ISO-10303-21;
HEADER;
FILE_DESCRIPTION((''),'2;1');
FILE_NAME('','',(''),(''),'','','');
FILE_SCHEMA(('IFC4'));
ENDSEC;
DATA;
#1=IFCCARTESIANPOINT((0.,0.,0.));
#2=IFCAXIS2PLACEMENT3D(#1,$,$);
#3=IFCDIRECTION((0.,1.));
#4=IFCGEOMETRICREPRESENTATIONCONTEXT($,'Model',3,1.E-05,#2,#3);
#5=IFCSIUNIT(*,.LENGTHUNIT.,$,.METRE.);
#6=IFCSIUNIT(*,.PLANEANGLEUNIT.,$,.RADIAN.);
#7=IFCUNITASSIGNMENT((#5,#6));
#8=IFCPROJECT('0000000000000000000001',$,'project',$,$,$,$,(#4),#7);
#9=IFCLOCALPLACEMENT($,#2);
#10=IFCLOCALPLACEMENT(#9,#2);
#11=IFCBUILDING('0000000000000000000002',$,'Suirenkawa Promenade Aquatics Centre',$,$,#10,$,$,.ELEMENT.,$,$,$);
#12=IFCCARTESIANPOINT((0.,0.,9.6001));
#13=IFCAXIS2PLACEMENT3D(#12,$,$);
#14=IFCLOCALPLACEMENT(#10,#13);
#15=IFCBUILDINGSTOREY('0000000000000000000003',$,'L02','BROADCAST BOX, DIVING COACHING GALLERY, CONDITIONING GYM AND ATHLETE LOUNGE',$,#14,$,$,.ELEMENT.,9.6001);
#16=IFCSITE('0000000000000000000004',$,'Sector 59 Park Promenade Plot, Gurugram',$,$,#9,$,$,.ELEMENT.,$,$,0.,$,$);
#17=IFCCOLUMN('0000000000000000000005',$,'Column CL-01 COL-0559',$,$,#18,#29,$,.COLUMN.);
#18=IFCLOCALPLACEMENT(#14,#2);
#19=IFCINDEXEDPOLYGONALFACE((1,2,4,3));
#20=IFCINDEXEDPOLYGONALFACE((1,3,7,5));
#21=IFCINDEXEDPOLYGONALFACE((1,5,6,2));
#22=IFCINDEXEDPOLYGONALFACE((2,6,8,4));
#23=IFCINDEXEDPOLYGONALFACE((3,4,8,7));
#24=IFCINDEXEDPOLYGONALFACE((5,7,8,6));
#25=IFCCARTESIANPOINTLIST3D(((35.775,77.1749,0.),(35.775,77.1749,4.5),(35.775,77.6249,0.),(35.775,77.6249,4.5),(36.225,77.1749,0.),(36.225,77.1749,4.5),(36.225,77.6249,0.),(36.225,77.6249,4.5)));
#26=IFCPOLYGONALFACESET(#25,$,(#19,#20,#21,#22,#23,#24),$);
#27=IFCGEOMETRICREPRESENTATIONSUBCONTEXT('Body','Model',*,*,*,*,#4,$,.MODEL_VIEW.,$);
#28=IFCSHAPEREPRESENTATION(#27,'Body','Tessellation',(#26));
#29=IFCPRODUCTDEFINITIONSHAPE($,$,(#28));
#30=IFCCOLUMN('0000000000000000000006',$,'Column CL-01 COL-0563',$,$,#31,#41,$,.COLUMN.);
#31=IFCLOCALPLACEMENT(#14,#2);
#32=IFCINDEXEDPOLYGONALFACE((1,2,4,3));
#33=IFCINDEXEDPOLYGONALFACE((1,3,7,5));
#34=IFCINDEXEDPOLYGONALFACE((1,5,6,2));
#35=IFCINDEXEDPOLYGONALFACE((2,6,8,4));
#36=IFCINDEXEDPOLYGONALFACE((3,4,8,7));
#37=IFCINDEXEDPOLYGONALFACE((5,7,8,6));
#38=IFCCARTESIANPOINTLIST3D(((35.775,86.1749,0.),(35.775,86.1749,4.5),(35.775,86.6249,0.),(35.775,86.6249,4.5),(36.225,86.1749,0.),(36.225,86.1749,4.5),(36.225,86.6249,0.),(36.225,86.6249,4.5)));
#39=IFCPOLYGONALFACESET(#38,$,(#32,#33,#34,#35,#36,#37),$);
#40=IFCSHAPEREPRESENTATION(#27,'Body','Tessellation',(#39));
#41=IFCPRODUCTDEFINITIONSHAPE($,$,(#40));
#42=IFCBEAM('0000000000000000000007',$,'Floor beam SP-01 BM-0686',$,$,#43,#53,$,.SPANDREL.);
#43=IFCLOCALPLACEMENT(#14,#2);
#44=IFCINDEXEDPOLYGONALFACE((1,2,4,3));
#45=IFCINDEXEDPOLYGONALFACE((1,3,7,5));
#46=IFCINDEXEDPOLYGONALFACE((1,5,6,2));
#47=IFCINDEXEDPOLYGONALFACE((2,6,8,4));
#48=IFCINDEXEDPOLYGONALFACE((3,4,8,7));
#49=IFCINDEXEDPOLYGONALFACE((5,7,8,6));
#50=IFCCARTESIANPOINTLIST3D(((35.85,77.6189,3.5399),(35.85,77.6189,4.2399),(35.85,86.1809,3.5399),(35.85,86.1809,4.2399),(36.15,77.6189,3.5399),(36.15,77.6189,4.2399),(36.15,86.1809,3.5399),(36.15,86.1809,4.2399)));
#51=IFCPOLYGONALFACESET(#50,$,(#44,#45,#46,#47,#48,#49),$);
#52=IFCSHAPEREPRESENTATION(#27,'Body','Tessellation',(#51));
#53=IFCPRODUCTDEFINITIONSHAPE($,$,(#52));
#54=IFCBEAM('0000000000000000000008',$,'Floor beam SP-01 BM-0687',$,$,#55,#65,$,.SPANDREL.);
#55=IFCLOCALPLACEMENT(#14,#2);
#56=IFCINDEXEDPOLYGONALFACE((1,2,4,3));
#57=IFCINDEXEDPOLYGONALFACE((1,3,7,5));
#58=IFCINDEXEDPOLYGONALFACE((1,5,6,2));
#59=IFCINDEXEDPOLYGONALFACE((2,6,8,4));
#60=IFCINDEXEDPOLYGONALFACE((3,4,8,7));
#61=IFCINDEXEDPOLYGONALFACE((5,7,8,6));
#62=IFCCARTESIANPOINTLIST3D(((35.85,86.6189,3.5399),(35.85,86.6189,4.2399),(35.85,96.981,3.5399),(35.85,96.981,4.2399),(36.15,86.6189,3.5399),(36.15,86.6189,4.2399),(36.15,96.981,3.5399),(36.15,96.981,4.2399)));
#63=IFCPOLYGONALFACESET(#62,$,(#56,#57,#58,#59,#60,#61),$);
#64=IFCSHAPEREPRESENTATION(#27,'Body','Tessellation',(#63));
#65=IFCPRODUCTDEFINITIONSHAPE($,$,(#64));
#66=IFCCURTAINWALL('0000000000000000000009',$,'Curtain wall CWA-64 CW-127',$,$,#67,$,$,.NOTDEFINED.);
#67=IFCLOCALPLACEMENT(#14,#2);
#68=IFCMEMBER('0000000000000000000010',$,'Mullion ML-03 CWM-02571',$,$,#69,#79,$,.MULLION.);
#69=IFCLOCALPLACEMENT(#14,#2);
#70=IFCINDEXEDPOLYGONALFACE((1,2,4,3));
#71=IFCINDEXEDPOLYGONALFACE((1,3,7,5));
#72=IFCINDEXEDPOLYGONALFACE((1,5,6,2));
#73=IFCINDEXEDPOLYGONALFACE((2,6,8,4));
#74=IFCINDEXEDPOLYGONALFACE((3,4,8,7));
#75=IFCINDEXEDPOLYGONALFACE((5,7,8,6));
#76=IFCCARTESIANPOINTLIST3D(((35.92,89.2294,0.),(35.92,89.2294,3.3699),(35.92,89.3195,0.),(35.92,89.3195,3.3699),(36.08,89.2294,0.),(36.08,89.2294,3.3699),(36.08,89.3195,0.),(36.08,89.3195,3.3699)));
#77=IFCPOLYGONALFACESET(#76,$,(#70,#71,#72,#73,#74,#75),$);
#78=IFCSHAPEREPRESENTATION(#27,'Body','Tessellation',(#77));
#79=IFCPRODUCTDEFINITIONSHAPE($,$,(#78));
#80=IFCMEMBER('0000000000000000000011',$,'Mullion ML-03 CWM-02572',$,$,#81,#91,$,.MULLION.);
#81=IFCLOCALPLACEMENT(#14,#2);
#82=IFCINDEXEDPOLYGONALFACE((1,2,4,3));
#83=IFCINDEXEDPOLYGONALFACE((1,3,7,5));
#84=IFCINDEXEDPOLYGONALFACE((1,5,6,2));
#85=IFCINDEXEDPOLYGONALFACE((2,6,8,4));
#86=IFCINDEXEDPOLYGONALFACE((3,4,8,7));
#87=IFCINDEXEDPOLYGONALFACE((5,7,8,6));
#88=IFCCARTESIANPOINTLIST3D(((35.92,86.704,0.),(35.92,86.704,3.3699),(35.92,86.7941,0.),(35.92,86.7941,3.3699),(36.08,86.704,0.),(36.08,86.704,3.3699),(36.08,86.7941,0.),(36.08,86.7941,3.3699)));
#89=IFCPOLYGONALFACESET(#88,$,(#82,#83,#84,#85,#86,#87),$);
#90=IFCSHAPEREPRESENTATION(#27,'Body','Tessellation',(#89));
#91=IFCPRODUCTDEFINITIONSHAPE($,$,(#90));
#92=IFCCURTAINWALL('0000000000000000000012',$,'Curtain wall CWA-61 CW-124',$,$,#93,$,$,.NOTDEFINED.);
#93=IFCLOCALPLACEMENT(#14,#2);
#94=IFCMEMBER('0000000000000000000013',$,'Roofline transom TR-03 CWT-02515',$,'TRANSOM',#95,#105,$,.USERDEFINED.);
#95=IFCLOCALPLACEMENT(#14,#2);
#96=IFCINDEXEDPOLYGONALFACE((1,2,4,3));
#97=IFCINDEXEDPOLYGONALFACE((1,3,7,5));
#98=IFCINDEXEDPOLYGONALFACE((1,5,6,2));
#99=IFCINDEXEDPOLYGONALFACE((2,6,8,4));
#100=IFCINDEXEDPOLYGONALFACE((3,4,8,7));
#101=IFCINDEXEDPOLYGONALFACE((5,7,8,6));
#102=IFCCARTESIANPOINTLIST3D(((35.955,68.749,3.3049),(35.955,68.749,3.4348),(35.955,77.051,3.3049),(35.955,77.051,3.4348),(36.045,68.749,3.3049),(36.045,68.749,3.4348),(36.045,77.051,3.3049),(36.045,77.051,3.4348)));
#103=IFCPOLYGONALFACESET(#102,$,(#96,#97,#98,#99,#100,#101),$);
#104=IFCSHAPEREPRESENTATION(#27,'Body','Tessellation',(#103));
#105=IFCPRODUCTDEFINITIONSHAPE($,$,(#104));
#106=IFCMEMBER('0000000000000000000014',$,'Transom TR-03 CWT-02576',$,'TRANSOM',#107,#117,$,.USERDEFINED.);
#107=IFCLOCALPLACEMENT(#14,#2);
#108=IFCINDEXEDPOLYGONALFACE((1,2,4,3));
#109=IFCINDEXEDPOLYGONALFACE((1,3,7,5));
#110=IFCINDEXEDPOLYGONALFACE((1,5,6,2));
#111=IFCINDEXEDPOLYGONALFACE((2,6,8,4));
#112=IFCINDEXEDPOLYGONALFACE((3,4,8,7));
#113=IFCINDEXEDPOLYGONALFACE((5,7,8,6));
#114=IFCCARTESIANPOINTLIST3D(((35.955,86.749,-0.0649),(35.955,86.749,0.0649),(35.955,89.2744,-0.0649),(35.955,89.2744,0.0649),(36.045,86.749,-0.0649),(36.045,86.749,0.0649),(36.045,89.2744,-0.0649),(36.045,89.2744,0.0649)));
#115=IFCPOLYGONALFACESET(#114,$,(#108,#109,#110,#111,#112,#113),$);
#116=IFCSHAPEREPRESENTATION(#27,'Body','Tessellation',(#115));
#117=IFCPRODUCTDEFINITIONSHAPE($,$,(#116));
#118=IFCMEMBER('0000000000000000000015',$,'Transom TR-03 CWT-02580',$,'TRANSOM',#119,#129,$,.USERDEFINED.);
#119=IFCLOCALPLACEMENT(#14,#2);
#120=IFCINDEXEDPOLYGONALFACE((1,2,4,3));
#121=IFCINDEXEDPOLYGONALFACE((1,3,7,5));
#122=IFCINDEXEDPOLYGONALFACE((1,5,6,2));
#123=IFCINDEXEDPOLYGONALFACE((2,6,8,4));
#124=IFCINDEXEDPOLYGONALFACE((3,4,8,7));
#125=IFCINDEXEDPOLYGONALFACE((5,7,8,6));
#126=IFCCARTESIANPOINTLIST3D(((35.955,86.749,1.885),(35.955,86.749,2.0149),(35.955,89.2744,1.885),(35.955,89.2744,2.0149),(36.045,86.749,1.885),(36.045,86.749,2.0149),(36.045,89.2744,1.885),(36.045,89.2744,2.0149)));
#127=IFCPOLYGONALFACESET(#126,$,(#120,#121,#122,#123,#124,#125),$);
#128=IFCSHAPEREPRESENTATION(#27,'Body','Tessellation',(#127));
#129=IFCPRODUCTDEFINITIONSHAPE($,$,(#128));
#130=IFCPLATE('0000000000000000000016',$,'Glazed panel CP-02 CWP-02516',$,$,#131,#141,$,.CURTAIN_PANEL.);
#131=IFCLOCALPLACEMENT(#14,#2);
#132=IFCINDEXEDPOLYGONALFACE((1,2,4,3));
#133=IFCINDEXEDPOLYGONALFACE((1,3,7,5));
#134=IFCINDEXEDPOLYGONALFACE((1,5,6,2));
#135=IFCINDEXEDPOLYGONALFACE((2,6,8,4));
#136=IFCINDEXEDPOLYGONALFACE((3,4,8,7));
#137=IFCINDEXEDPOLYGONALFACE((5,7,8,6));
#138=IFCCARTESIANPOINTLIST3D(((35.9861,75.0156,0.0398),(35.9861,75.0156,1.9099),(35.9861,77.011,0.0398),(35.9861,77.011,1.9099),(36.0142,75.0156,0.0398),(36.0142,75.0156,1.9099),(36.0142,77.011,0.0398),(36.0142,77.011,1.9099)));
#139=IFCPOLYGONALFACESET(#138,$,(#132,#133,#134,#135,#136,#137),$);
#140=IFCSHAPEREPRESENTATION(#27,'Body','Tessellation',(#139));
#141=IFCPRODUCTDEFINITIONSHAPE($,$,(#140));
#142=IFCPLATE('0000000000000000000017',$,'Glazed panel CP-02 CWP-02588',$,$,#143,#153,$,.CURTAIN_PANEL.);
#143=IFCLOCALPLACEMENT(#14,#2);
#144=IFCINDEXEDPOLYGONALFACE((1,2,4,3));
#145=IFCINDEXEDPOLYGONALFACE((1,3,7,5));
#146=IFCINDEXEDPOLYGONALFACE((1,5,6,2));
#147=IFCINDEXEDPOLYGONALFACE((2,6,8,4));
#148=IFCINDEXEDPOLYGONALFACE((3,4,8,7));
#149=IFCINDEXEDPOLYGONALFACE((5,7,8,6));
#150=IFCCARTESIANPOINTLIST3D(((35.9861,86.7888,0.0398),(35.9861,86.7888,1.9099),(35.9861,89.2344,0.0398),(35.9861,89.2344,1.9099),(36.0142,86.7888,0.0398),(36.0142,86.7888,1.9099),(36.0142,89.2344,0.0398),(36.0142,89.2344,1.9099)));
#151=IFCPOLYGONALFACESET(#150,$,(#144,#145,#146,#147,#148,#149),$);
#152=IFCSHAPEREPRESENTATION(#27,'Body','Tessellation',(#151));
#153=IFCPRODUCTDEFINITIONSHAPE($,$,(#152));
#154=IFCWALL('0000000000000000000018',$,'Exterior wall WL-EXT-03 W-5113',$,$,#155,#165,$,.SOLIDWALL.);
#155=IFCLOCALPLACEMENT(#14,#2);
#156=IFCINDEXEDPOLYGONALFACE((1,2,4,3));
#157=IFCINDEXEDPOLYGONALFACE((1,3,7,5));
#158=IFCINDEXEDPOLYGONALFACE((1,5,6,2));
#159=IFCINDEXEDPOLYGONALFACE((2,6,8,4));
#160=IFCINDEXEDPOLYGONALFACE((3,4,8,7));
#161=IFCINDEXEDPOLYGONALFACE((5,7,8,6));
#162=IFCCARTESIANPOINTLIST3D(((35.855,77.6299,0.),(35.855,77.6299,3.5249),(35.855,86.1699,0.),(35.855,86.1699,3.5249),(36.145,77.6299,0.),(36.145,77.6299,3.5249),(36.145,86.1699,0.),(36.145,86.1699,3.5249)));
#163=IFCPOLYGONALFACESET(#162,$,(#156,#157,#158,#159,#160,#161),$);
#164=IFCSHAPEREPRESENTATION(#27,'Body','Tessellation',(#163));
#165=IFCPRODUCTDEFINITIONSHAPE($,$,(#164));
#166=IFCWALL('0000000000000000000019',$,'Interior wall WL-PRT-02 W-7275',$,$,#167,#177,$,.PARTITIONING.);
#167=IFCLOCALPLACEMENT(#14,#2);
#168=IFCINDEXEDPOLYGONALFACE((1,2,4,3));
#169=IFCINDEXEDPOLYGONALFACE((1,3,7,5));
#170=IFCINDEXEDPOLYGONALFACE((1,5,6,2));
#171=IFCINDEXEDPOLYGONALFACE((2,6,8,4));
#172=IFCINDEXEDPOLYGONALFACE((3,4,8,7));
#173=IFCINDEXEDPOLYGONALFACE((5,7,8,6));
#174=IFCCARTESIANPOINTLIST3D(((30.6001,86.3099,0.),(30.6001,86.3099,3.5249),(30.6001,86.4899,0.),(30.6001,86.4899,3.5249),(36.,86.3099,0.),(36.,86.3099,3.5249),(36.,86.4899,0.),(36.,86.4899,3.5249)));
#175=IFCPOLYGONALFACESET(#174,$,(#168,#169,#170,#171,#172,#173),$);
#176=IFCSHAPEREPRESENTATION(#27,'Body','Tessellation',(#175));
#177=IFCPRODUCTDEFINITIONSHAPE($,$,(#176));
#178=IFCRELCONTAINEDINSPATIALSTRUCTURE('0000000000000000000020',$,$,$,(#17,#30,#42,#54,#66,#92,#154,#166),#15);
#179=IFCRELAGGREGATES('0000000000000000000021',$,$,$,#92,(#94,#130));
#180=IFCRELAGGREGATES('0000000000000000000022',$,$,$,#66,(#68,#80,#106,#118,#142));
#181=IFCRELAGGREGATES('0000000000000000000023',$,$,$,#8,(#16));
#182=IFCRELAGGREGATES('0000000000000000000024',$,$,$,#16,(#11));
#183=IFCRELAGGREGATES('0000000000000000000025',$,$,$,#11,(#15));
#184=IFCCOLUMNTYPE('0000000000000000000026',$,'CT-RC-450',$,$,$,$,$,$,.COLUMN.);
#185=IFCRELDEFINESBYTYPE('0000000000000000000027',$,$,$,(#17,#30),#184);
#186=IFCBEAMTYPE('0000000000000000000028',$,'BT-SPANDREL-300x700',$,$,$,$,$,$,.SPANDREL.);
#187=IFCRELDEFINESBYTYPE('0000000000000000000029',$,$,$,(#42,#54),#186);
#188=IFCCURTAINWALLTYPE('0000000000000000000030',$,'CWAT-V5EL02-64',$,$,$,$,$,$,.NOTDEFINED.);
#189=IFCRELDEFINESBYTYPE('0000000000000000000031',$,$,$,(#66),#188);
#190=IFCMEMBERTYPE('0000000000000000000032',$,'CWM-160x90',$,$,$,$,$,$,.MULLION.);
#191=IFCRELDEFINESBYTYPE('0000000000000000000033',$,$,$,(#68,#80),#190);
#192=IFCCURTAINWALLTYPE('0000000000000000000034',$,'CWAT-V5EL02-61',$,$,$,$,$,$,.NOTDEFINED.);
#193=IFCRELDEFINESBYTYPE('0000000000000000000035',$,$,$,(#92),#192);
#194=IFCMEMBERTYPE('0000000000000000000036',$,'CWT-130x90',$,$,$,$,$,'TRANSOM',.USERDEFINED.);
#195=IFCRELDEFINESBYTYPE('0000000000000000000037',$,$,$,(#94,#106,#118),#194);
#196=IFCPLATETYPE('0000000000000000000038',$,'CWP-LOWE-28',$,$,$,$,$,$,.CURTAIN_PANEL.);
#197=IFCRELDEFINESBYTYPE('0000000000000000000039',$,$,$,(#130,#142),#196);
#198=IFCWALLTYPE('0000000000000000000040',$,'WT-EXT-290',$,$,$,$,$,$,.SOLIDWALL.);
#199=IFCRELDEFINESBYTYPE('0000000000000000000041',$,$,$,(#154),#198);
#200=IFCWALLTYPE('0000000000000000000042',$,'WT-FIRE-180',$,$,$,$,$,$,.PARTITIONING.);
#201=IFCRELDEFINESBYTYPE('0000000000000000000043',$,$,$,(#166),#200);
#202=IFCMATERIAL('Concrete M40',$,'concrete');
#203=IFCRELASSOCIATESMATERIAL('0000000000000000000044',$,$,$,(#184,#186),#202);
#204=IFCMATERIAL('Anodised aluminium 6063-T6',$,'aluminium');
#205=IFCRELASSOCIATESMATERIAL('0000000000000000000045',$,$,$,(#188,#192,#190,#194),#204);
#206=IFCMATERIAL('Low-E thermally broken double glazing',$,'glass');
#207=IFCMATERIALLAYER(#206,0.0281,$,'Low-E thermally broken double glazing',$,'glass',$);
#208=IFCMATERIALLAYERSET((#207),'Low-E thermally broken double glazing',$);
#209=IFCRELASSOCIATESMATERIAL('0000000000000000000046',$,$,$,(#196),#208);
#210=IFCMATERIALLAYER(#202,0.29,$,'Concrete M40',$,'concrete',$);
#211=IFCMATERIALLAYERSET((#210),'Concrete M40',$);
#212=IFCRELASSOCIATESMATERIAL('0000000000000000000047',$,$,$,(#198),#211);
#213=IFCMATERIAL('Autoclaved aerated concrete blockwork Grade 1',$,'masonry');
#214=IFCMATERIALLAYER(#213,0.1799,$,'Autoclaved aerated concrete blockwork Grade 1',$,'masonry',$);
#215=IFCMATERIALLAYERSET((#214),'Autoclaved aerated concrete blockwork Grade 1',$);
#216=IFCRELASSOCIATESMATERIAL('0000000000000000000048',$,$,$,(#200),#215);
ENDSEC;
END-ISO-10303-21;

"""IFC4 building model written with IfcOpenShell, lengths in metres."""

from ifc_helpers import new_model, si_unit, direction, frame, frame_2d, origin, origin_2d, place, context, subcontext, project, spatial, polyline, rectangle, outline, extrude, material, layer, layer_set, material_profile, profile_set, type_object, element, aggregate, save


model = new_model("IFC4")

# Units and contexts
model_context = context("Model", 3, precision=1e-05, world=origin(), true_north=direction((0.0, 1.0)))
body_context = subcontext(model_context, "Body", "Model", "MODEL_VIEW")
ifc_project = project(units=[si_unit("LENGTHUNIT", "METRE"), si_unit("PLANEANGLEUNIT", "RADIAN")], contexts=[model_context])

# Site, building, storey
site_placement = place(None, origin())
site = spatial("IfcSite", under=ifc_project, at=site_placement, Name="Sector 59 Park Promenade Plot, Gurugram", CompositionType="ELEMENT", RefElevation=0.0)
building_placement = place(site_placement, origin())
building = spatial("IfcBuilding", under=site, at=building_placement, Name="Suirenkawa Promenade Aquatics Centre", CompositionType="ELEMENT")
storey_placement = place(building_placement, frame((0.0, 0.0, 9.6001)))
storey = spatial("IfcBuildingStorey", under=building, at=storey_placement, Name="L02", Description="BROADCAST BOX, DIVING COACHING GALLERY, CONDITIONING GYM AND ATHLETE LOUNGE", CompositionType="ELEMENT", Elevation=9.6001)

# Columns
ifc_material_1 = material(Name="Concrete M40", Category="concrete")
ifc_material_profile_1 = material_profile(ifc_material_1, rectangle(XDim=0.45, YDim=0.45, at=origin_2d()), Name="RC COL 450x450", Category="concrete")
ifc_profile_set_1 = profile_set([ifc_material_profile_1], Name="Concrete M40")
column_type = type_object("IfcColumnType", Name="CT-RC-450", PredefinedType="COLUMN", material=ifc_profile_set_1)
for number, where, z_axis, x_axis, name in (
    (1, (36.0, 77.3999, 0.0), (0.0, 0.0, 1.0), (1.0, 0.0, 0.0), "Column CL-01 COL-0559"),
    (2, (36.0, 86.3999, 0.0), (0.0, 0.0, 1.0), (1.0, 0.0, 0.0), "Column CL-01 COL-0563"),
):
    element("IfcColumn", number, at=place(storey_placement, frame(where, z_axis=z_axis, x_axis=x_axis)), inside=storey, type_object=column_type, Name=name, PredefinedType="COLUMN", context=body_context, shape_type="SweptSolid", body=[
        extrude(rectangle(XDim=0.45, YDim=0.45, at=origin_2d()), origin(), (0.0, 0.0, 1.0), 4.5),
    ])

# Beams
ifc_material_profile_2 = material_profile(ifc_material_1, rectangle(XDim=0.3, YDim=0.7, at=origin_2d()), Name="RC SPANDREL 300x700", Category="concrete")
ifc_profile_set_2 = profile_set([ifc_material_profile_2], Name="Concrete M40")
beam_type = type_object("IfcBeamType", Name="BT-SPANDREL-300x700", PredefinedType="SPANDREL", material=ifc_profile_set_2)
beam_1_placement = place(storey_placement, frame((36.0, 77.6189, 3.8899), z_axis=(0.0, 1.0, 0.0), x_axis=(-1.0, 0.0, 0.0)))
element("IfcBeam", 3, at=beam_1_placement, inside=storey, type_object=beam_type, Name="Floor beam SP-01 BM-0686", PredefinedType="SPANDREL", context=body_context, shape_type="SweptSolid", body=[
    extrude(rectangle(XDim=0.3, YDim=0.7, at=origin_2d()), origin(), (0.0, 0.0, 1.0), 8.562),
])
beam_2_placement = place(storey_placement, frame((36.0, 86.6189, 3.8899), z_axis=(0.0, 1.0, 0.0), x_axis=(-1.0, 0.0, 0.0)))
element("IfcBeam", 4, at=beam_2_placement, inside=storey, type_object=beam_type, Name="Floor beam SP-01 BM-0687", PredefinedType="SPANDREL", context=body_context, shape_type="SweptSolid", body=[
    extrude(rectangle(XDim=0.3, YDim=0.7, at=origin_2d()), origin(), (0.0, 0.0, 1.0), 10.3621),
])

# Curtain wall, members
ifc_material_2 = material(Name="Anodised aluminium 6063-T6", Category="aluminium")
curtain_wall_type_1 = type_object("IfcCurtainWallType", Name="CWAT-V5EL02-64", PredefinedType="NOTDEFINED", material=ifc_material_2)
curtain_wall_1_placement = place(storey_placement, origin())
curtain_wall_1 = element("IfcCurtainWall", 5, at=curtain_wall_1_placement, inside=storey, type_object=curtain_wall_type_1, Name="Curtain wall CWA-64 CW-127", PredefinedType="NOTDEFINED")
ifc_material_profile_3 = material_profile(ifc_material_2, rectangle(XDim=0.0901, YDim=0.1599, at=origin_2d()), Name="ALU MULL 90x160", Category="aluminium")
ifc_profile_set_3 = profile_set([ifc_material_profile_3], Name="Anodised aluminium 6063-T6")
member_type_1 = type_object("IfcMemberType", Name="CWM-160x90", PredefinedType="MULLION", material=ifc_profile_set_3)
member_1_placement = place(storey_placement, frame((36.0, 89.2744, 0.0), z_axis=(0.0, 0.0, 1.0), x_axis=(0.0, -1.0, 0.0)))
member_1 = element("IfcMember", 6, at=member_1_placement, type_object=member_type_1, Name="Mullion ML-03 CWM-02571", PredefinedType="MULLION", context=body_context, shape_type="SweptSolid", body=[
    extrude(rectangle(XDim=0.0901, YDim=0.1599, at=origin_2d()), origin(), (0.0, 0.0, 1.0), 3.3699),
])
member_2_placement = place(storey_placement, frame((36.0, 86.749, 0.0), z_axis=(0.0, 0.0, 1.0), x_axis=(0.0, -1.0, 0.0)))
member_2 = element("IfcMember", 7, at=member_2_placement, type_object=member_type_1, Name="Mullion ML-03 CWM-02572", PredefinedType="MULLION", context=body_context, shape_type="SweptSolid", body=[
    extrude(rectangle(XDim=0.0901, YDim=0.1599, at=origin_2d()), origin(), (0.0, 0.0, 1.0), 3.3699),
])

# Curtain wall, member
curtain_wall_type_2 = type_object("IfcCurtainWallType", Name="CWAT-V5EL02-61", PredefinedType="NOTDEFINED", material=ifc_material_2)
curtain_wall_2_placement = place(storey_placement, origin())
curtain_wall_2 = element("IfcCurtainWall", 8, at=curtain_wall_2_placement, inside=storey, type_object=curtain_wall_type_2, Name="Curtain wall CWA-61 CW-124", PredefinedType="NOTDEFINED")
ifc_material_profile_4 = material_profile(ifc_material_2, rectangle(XDim=0.0901, YDim=0.1299, at=origin_2d()), Name="ALU TRAN 90x130", Category="aluminium")
ifc_profile_set_4 = profile_set([ifc_material_profile_4], Name="Anodised aluminium 6063-T6")
member_type_2 = type_object("IfcMemberType", Name="CWT-130x90", ElementType="TRANSOM", PredefinedType="USERDEFINED", material=ifc_profile_set_4)
member_3_placement = place(storey_placement, frame((36.0, 77.051, 3.3699), z_axis=(0.0, -1.0, 0.0), x_axis=(1.0, 0.0, 0.0)))
member_3 = element("IfcMember", 9, at=member_3_placement, type_object=member_type_2, Name="Roofline transom TR-03 CWT-02515", ObjectType="TRANSOM", PredefinedType="USERDEFINED", context=body_context, shape_type="SweptSolid", body=[
    extrude(rectangle(XDim=0.0901, YDim=0.1299, at=origin_2d()), origin(), (0.0, 0.0, 1.0), 8.302),
])

# Members
member_4_placement = place(storey_placement, frame((36.0, 89.2744, 0.0), z_axis=(0.0, -1.0, 0.0), x_axis=(1.0, 0.0, 0.0)))
member_4 = element("IfcMember", 10, at=member_4_placement, type_object=member_type_2, Name="Transom TR-03 CWT-02576", ObjectType="TRANSOM", PredefinedType="USERDEFINED", context=body_context, shape_type="SweptSolid", body=[
    extrude(rectangle(XDim=0.0901, YDim=0.1299, at=origin_2d()), origin(), (0.0, 0.0, 1.0), 2.5254),
])
member_5_placement = place(storey_placement, frame((36.0, 89.2744, 1.95), z_axis=(0.0, -1.0, 0.0), x_axis=(1.0, 0.0, 0.0)))
member_5 = element("IfcMember", 11, at=member_5_placement, type_object=member_type_2, Name="Transom TR-03 CWT-02580", ObjectType="TRANSOM", PredefinedType="USERDEFINED", context=body_context, shape_type="SweptSolid", body=[
    extrude(rectangle(XDim=0.0901, YDim=0.1299, at=origin_2d()), origin(), (0.0, 0.0, 1.0), 2.5254),
])

# Plates
ifc_material_3 = material(Name="Low-E thermally broken double glazing", Category="glass")
ifc_layer_1 = layer(ifc_material_3, 0.0281, Name="Low-E thermally broken double glazing", Category="glass")
ifc_layer_set_1 = layer_set([ifc_layer_1], Name="Low-E thermally broken double glazing")
plate_type = type_object("IfcPlateType", Name="CWP-LOWE-28", PredefinedType="CURTAIN_PANEL", material=ifc_layer_set_1)
plate_1_placement = place(storey_placement, frame((36.0, 77.051, 0.0398), z_axis=(0.0, 0.0, 1.0), x_axis=(0.0, -1.0, 0.0)))
plate_1 = element("IfcPlate", 12, at=plate_1_placement, type_object=plate_type, Name="Glazed panel CP-02 CWP-02516", PredefinedType="CURTAIN_PANEL", context=body_context, shape_type="SweptSolid", body=[
    extrude(outline(polyline([(0.04, 0.0), (2.0354, 0.0), (2.0354, 1.8701), (0.04, 1.8701), (0.04, 0.0)])), frame((0.0, 0.0142, 0.0), z_axis=(0.0, -1.0, 0.0), x_axis=(1.0, 0.0, 0.0)), (0.0, 0.0, 1.0), 0.0281),
])
aggregate(curtain_wall_2, [member_3, plate_1])
plate_2_placement = place(storey_placement, frame((36.0, 89.2744, 0.0398), z_axis=(0.0, 0.0, 1.0), x_axis=(0.0, -1.0, 0.0)))
plate_2 = element("IfcPlate", 13, at=plate_2_placement, type_object=plate_type, Name="Glazed panel CP-02 CWP-02588", PredefinedType="CURTAIN_PANEL", context=body_context, shape_type="SweptSolid", body=[
    extrude(outline(polyline([(0.04, 0.0), (2.4856, 0.0), (2.4856, 1.8701), (0.04, 1.8701), (0.04, 0.0)])), frame((0.0, 0.0142, 0.0), z_axis=(0.0, -1.0, 0.0), x_axis=(1.0, 0.0, 0.0)), (0.0, 0.0, 1.0), 0.0281),
])
aggregate(curtain_wall_1, [member_1, member_2, member_4, member_5, plate_2])

# Wall
ifc_layer_2 = layer(ifc_material_1, 0.29, Name="Concrete M40", Category="concrete")
ifc_layer_set_2 = layer_set([ifc_layer_2], Name="Concrete M40")
wall_type_1 = type_object("IfcWallType", Name="WT-EXT-290", PredefinedType="SOLIDWALL", material=ifc_layer_set_2)
wall_1_placement = place(storey_placement, frame((36.0, 86.1699, 0.0), z_axis=(0.0, 0.0, 1.0), x_axis=(0.0, -1.0, 0.0)))
element("IfcWall", 14, at=wall_1_placement, inside=storey, type_object=wall_type_1, Name="Exterior wall WL-EXT-03 W-5113", PredefinedType="SOLIDWALL", context=body_context, shape_type="SweptSolid", body=[
    extrude(rectangle(XDim=8.54, YDim=0.29, at=frame_2d((4.27, 0.0))), origin(), (0.0, 0.0, 1.0), 3.5249),
])

# Shared definitions
ifc_material_4 = material(Name="Autoclaved aerated concrete blockwork Grade 1", Category="masonry")
ifc_layer_3 = layer(ifc_material_4, 0.1799, Name="Autoclaved aerated concrete blockwork Grade 1", Category="masonry")
ifc_layer_set_3 = layer_set([ifc_layer_3], Name="Autoclaved aerated concrete blockwork Grade 1")
wall_type_2 = type_object("IfcWallType", Name="WT-FIRE-180", PredefinedType="PARTITIONING", material=ifc_layer_set_3)

# Wall
wall_2_placement = place(storey_placement, frame((30.6001, 86.3999, 0.0), z_axis=(0.0, 0.0, 1.0), x_axis=(1.0, 0.0, 0.0)))
element("IfcWall", 15, at=wall_2_placement, inside=storey, type_object=wall_type_2, Name="Interior wall WL-PRT-02 W-7275", PredefinedType="PARTITIONING", context=body_context, shape_type="SweptSolid", body=[
    extrude(rectangle(XDim=5.3999, YDim=0.1799, at=frame_2d((2.7, 0.0))), origin(), (0.0, 0.0, 1.0), 3.5249),
])

save(model, "model.ifc")
